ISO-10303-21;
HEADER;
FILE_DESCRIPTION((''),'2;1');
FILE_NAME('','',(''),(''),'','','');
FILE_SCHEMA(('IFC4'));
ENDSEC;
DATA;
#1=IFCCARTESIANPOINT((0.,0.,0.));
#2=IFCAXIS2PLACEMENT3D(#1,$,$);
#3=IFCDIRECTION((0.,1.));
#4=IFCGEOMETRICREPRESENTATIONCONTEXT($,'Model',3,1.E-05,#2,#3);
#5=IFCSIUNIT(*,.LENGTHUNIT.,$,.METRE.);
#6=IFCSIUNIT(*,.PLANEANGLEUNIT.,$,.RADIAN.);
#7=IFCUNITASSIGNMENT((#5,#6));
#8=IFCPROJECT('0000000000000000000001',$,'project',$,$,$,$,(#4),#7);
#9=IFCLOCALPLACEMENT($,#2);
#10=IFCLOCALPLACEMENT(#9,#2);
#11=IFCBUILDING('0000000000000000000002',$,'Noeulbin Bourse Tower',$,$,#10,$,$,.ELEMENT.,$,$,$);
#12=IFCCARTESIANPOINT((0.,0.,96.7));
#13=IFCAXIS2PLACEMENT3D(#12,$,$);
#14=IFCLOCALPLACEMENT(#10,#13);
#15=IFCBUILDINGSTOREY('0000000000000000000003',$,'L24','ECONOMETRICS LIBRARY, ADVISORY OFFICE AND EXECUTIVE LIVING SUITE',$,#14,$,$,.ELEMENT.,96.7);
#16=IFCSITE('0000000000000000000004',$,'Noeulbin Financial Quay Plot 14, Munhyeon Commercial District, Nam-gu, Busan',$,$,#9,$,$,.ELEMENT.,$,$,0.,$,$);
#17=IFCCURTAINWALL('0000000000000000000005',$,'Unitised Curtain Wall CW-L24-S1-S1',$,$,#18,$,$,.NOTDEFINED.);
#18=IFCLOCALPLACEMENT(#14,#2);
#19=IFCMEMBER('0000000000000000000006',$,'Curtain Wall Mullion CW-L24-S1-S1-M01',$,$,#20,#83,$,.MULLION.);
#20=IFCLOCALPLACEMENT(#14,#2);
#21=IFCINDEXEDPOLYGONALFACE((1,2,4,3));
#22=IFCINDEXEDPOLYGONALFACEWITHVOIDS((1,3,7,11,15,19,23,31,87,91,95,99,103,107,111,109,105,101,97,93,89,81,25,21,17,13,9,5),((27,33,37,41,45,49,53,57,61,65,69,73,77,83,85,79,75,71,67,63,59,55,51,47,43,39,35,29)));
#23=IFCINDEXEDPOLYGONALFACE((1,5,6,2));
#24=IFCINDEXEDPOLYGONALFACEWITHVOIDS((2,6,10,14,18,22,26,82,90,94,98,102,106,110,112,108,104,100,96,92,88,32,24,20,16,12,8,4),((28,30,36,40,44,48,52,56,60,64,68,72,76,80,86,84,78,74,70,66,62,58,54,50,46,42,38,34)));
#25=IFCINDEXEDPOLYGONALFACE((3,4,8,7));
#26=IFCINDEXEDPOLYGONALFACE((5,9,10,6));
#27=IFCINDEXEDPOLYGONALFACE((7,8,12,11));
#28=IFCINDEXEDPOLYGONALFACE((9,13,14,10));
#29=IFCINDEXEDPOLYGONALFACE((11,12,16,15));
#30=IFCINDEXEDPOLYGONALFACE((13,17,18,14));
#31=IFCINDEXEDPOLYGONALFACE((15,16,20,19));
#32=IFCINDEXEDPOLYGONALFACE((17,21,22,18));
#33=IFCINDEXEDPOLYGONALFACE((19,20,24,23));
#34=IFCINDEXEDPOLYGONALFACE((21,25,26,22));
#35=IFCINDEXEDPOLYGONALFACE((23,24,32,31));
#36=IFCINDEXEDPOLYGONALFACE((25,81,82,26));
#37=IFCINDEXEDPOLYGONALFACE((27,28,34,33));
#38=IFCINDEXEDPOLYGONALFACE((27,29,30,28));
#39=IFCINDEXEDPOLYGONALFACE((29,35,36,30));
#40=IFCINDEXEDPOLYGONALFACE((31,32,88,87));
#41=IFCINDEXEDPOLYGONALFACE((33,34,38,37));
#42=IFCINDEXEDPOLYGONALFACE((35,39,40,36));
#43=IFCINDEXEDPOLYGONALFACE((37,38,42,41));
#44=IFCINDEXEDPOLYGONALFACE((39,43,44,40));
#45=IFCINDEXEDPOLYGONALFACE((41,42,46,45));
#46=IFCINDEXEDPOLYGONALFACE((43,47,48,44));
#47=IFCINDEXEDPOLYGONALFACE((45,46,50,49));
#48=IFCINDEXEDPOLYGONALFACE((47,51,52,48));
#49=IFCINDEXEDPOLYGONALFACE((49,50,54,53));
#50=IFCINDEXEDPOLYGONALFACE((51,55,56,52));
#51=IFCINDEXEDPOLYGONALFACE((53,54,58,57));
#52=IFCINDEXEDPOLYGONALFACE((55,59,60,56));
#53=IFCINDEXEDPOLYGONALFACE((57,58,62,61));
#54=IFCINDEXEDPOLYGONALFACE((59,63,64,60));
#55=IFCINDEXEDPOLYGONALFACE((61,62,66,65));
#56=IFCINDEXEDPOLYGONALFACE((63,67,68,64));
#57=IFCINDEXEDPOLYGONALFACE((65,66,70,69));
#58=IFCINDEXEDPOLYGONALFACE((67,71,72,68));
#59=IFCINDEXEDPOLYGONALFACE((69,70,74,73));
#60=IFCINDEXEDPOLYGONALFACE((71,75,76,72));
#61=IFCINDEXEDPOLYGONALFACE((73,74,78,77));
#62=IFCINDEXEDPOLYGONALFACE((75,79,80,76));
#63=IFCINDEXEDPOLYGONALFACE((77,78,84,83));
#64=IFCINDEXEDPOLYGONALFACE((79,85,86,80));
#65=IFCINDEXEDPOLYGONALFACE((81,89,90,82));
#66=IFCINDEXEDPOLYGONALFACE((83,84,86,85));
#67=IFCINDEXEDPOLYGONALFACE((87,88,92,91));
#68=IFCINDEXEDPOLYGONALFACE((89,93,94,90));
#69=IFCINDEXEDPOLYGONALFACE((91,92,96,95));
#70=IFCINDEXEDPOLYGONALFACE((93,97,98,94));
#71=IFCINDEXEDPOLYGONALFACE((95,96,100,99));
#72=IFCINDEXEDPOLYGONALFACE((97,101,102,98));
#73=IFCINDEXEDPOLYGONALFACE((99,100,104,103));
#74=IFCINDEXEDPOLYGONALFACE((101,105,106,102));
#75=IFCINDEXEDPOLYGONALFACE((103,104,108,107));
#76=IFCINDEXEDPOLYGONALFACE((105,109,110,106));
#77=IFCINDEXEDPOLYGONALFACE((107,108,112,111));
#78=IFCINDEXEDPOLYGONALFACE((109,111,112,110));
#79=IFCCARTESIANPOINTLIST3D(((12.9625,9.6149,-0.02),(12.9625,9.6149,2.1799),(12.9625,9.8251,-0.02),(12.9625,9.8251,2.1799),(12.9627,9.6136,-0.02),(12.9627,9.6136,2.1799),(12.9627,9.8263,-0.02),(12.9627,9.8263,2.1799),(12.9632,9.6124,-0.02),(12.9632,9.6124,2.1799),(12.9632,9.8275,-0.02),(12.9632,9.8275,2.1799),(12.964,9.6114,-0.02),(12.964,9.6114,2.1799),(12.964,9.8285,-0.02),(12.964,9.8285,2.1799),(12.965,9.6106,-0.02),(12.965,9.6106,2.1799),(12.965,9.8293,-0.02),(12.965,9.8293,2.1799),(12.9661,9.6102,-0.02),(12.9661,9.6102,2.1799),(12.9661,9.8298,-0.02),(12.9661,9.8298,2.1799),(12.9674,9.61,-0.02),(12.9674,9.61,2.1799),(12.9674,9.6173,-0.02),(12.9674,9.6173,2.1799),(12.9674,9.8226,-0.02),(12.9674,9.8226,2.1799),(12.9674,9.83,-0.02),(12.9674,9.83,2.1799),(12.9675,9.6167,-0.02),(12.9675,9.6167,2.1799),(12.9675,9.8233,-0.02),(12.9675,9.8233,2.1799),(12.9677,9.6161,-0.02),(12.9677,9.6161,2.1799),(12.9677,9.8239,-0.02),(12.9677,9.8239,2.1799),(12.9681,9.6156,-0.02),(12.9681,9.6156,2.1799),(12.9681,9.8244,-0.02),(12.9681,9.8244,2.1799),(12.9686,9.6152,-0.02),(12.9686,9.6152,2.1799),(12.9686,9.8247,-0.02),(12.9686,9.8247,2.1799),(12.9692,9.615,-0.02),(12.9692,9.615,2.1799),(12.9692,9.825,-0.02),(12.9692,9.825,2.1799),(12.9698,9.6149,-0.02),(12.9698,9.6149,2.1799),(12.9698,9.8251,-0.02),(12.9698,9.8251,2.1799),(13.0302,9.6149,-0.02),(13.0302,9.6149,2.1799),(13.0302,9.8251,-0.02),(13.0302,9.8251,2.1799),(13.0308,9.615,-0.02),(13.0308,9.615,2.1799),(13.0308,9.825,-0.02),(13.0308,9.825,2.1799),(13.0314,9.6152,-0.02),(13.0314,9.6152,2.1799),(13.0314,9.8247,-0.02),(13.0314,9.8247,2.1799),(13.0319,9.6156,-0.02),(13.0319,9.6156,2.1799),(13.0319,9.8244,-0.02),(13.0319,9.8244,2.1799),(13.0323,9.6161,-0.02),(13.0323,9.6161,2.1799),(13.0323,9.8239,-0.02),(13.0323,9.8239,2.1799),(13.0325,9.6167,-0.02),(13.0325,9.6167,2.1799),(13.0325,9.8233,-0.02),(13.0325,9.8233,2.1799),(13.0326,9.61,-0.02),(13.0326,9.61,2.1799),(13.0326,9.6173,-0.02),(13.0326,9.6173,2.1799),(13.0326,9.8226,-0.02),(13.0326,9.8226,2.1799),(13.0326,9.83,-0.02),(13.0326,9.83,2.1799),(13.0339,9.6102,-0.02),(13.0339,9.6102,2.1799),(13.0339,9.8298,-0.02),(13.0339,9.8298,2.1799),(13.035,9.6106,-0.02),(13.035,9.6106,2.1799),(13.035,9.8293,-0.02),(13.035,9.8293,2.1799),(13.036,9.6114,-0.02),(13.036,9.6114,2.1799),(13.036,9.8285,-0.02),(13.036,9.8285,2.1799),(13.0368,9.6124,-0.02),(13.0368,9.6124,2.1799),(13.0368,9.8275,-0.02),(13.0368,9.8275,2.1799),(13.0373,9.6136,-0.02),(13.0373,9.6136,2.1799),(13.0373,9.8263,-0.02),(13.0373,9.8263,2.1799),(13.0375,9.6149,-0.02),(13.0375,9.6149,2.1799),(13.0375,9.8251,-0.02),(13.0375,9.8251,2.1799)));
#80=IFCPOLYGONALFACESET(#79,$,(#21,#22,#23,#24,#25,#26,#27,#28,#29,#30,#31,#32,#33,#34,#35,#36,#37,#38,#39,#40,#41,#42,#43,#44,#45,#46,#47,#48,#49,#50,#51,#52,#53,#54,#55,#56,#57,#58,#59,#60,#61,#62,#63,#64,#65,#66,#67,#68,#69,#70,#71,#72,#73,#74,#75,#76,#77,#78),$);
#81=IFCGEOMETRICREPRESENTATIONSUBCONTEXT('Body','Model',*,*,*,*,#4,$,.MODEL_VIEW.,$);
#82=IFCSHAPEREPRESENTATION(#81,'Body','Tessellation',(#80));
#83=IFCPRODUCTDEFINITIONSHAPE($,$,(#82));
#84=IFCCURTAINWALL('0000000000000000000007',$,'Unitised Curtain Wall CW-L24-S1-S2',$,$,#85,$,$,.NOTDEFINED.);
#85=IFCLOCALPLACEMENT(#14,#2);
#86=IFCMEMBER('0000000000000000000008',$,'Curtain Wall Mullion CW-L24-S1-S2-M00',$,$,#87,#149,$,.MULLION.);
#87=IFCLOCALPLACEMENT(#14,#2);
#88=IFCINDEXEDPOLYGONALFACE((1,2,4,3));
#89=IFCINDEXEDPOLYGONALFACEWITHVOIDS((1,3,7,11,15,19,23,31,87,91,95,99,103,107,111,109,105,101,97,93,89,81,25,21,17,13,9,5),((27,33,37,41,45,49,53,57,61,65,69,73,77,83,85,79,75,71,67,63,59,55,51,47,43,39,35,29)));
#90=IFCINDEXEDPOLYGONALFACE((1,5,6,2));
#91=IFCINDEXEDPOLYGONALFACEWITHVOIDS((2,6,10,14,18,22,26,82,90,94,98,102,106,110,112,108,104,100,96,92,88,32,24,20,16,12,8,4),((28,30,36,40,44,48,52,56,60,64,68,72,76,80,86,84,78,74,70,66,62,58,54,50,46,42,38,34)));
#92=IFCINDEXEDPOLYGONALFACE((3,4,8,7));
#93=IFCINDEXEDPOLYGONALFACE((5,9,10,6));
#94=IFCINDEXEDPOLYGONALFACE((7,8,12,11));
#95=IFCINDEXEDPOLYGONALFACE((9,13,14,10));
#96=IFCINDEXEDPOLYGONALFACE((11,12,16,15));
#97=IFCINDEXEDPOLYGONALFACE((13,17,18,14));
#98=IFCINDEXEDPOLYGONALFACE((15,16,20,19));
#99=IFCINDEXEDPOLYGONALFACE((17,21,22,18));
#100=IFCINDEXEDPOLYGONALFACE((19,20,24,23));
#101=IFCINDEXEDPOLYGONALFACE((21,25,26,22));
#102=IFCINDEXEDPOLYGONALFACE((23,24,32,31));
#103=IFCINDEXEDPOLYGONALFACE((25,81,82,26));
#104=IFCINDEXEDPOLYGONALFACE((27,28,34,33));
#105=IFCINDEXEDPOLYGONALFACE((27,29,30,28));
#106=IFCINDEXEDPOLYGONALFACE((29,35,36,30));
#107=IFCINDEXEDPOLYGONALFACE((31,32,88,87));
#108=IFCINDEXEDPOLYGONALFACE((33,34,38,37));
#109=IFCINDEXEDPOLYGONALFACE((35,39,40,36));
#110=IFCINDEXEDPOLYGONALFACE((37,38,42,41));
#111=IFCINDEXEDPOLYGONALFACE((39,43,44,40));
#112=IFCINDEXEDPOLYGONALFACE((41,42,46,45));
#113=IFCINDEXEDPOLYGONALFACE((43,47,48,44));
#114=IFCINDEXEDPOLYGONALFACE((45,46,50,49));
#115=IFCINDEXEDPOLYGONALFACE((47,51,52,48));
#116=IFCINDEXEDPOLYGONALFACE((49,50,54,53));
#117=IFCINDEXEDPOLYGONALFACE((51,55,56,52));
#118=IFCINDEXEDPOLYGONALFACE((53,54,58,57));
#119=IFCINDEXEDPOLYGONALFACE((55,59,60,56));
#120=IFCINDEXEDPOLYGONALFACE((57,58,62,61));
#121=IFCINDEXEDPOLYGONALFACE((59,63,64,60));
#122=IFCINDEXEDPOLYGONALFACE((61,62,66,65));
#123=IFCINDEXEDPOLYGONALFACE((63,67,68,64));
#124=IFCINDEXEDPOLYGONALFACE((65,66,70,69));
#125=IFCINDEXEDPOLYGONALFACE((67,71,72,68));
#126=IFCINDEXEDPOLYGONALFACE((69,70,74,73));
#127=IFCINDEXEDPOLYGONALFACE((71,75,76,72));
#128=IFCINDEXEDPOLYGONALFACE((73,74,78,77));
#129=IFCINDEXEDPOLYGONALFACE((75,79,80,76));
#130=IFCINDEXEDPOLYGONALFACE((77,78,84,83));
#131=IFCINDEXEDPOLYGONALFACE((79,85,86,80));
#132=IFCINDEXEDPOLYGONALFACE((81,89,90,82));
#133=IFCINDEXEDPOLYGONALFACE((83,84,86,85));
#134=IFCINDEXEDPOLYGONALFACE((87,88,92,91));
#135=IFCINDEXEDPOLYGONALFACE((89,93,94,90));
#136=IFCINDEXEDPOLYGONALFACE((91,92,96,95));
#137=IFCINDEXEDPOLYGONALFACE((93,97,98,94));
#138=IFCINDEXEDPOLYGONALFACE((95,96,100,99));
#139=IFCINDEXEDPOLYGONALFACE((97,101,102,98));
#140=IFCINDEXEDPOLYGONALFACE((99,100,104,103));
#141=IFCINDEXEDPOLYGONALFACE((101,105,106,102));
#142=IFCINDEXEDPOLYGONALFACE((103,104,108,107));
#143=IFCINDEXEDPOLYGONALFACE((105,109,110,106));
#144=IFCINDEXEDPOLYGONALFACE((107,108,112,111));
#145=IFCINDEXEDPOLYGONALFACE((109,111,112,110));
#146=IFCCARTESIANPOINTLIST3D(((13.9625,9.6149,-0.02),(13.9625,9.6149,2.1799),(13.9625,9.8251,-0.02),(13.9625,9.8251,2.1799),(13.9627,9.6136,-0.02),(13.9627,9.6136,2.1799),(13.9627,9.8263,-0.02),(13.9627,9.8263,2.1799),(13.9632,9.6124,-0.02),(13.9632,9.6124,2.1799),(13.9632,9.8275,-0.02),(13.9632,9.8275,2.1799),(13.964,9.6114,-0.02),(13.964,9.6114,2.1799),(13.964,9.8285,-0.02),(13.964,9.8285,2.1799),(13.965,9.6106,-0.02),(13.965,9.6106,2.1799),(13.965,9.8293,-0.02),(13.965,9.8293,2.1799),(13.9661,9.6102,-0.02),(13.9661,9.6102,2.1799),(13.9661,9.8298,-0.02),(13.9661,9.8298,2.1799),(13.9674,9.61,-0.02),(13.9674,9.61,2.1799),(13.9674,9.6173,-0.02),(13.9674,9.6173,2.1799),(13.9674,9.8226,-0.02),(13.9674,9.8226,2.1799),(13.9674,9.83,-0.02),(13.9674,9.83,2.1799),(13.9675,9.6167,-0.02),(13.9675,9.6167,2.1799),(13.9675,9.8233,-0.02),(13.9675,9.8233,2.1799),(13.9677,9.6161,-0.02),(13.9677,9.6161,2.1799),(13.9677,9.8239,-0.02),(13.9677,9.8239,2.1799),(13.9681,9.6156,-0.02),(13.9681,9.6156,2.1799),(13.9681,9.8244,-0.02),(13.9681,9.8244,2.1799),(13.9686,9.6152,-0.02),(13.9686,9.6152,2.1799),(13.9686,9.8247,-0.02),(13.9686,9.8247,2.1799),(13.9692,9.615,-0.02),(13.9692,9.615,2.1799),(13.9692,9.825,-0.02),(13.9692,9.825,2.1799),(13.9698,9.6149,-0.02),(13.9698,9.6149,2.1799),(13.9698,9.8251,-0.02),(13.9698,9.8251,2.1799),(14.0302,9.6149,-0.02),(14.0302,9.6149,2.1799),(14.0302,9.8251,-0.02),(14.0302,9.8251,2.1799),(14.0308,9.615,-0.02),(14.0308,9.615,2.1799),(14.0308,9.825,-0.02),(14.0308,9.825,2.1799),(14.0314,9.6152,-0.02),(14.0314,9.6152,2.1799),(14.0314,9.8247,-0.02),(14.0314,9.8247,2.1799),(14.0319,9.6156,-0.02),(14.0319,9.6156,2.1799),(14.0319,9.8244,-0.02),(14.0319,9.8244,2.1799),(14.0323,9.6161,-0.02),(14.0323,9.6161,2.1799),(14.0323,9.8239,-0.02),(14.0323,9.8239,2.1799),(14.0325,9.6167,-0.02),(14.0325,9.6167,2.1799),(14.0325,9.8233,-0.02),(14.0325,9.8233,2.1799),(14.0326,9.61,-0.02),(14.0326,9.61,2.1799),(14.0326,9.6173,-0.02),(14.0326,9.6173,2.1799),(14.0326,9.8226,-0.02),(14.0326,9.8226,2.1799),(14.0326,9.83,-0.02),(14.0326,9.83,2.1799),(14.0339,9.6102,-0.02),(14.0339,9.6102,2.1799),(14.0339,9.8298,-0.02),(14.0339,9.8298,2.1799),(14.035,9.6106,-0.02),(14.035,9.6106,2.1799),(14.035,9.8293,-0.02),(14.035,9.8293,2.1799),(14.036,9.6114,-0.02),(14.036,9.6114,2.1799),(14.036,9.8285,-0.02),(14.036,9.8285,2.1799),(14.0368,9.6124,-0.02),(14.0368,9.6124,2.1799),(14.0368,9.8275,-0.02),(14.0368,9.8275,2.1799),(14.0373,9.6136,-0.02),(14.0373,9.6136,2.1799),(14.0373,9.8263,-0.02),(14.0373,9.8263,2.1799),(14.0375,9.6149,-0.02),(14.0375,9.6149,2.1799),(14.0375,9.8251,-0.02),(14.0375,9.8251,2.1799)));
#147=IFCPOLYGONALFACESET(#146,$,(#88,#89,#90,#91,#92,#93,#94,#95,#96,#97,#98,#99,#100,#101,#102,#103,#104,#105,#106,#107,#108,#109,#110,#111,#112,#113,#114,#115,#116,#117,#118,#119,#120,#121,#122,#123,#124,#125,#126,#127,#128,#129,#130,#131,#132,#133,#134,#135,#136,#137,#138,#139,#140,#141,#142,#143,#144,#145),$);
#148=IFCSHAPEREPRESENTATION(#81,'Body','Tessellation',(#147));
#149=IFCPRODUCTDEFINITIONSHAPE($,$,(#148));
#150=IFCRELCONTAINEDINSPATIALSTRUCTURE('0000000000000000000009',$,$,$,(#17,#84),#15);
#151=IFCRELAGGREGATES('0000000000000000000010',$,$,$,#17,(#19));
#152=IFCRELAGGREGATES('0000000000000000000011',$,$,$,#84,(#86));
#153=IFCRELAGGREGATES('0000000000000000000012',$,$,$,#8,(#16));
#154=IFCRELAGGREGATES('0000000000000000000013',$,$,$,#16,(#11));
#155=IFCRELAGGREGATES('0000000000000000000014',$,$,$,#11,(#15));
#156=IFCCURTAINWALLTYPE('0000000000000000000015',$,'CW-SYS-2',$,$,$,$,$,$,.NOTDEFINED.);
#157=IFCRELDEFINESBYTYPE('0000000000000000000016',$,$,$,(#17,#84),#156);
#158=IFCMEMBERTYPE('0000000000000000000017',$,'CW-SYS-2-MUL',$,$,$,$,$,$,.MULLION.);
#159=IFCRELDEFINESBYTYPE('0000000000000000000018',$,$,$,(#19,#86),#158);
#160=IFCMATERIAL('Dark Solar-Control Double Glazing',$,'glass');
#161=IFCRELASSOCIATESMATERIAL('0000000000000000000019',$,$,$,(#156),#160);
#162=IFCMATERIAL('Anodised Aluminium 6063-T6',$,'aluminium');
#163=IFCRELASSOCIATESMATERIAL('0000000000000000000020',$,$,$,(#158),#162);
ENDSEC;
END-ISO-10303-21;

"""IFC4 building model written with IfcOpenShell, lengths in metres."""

from ifc_helpers import new_model, si_unit, direction, frame, origin, origin_2d, place, context, subcontext, project, spatial, hollow_rectangle, extrude, material, material_profile, profile_set, type_object, element, aggregate, save


model = new_model("IFC4")

# Units and contexts
model_context = context("Model", 3, precision=1e-05, world=origin(), true_north=direction((0.0, 1.0)))
body_context = subcontext(model_context, "Body", "Model", "MODEL_VIEW")
ifc_project = project(units=[si_unit("LENGTHUNIT", "METRE"), si_unit("PLANEANGLEUNIT", "RADIAN")], contexts=[model_context])

# Site, building, storey
site_placement = place(None, origin())
site = spatial("IfcSite", under=ifc_project, at=site_placement, Name="Noeulbin Financial Quay Plot 14, Munhyeon Commercial District, Nam-gu, Busan", CompositionType="ELEMENT", RefElevation=0.0)
building_placement = place(site_placement, origin())
building = spatial("IfcBuilding", under=site, at=building_placement, Name="Noeulbin Bourse Tower", CompositionType="ELEMENT")
storey_placement = place(building_placement, frame((0.0, 0.0, 96.7)))
storey = spatial("IfcBuildingStorey", under=building, at=storey_placement, Name="L24", Description="ECONOMETRICS LIBRARY, ADVISORY OFFICE AND EXECUTIVE LIVING SUITE", CompositionType="ELEMENT", Elevation=96.7)

# Curtain walls, members
ifc_material_1 = material(Name="Dark Solar-Control Double Glazing", Category="glass")
curtain_wall_type = type_object("IfcCurtainWallType", Name="CW-SYS-2", PredefinedType="NOTDEFINED", material=ifc_material_1)
curtain_wall_1_placement = place(storey_placement, origin())
curtain_wall_1 = element("IfcCurtainWall", 1, at=curtain_wall_1_placement, inside=storey, type_object=curtain_wall_type, Name="Unitised Curtain Wall CW-L24-S1-S1", PredefinedType="NOTDEFINED")
ifc_material_2 = material(Name="Anodised Aluminium 6063-T6", Category="aluminium")
ifc_material_profile_1 = material_profile(ifc_material_2, hollow_rectangle(XDim=0.075, YDim=0.22, WallThickness=0.0049, InnerFilletRadius=0.0024, OuterFilletRadius=0.0049, at=origin_2d()), Name="ALU-MULL-75x220x5", Category="LoadBearing")
ifc_profile_set_1 = profile_set([ifc_material_profile_1], Name="Anodised Aluminium 6063-T6")
member_type_1 = type_object("IfcMemberType", Name="CW-SYS-2-MUL", PredefinedType="MULLION", material=ifc_profile_set_1)
member_1_placement = place(storey_placement, frame((13.0, 9.72, -0.02), z_axis=(0.0, 0.0, 1.0), x_axis=(1.0, 0.0, 0.0)))
member_1 = element("IfcMember", 2, at=member_1_placement, type_object=member_type_1, Name="Curtain Wall Mullion CW-L24-S1-S1-M01", PredefinedType="MULLION", context=body_context, shape_type="SweptSolid", body=[
    extrude(hollow_rectangle(XDim=0.075, YDim=0.22, WallThickness=0.0049, InnerFilletRadius=0.0024, OuterFilletRadius=0.0049, at=origin_2d()), origin(), (0.0, 0.0, 1.0), 2.2),
])
curtain_wall_2_placement = place(storey_placement, origin())
curtain_wall_2 = element("IfcCurtainWall", 3, at=curtain_wall_2_placement, inside=storey, type_object=curtain_wall_type, Name="Unitised Curtain Wall CW-L24-S1-S2", PredefinedType="NOTDEFINED")
member_2_placement = place(storey_placement, frame((14.0, 9.72, -0.02), z_axis=(0.0, 0.0, 1.0), x_axis=(1.0, 0.0, 0.0)))
member_2 = element("IfcMember", 4, at=member_2_placement, type_object=member_type_1, Name="Curtain Wall Mullion CW-L24-S1-S2-M00", PredefinedType="MULLION", context=body_context, shape_type="SweptSolid", body=[
    extrude(hollow_rectangle(XDim=0.075, YDim=0.22, WallThickness=0.0049, InnerFilletRadius=0.0024, OuterFilletRadius=0.0049, at=origin_2d()), origin(), (0.0, 0.0, 1.0), 2.2),
])

aggregate(curtain_wall_1, [member_1])
aggregate(curtain_wall_2, [member_2])

save(model, "model.ifc")
